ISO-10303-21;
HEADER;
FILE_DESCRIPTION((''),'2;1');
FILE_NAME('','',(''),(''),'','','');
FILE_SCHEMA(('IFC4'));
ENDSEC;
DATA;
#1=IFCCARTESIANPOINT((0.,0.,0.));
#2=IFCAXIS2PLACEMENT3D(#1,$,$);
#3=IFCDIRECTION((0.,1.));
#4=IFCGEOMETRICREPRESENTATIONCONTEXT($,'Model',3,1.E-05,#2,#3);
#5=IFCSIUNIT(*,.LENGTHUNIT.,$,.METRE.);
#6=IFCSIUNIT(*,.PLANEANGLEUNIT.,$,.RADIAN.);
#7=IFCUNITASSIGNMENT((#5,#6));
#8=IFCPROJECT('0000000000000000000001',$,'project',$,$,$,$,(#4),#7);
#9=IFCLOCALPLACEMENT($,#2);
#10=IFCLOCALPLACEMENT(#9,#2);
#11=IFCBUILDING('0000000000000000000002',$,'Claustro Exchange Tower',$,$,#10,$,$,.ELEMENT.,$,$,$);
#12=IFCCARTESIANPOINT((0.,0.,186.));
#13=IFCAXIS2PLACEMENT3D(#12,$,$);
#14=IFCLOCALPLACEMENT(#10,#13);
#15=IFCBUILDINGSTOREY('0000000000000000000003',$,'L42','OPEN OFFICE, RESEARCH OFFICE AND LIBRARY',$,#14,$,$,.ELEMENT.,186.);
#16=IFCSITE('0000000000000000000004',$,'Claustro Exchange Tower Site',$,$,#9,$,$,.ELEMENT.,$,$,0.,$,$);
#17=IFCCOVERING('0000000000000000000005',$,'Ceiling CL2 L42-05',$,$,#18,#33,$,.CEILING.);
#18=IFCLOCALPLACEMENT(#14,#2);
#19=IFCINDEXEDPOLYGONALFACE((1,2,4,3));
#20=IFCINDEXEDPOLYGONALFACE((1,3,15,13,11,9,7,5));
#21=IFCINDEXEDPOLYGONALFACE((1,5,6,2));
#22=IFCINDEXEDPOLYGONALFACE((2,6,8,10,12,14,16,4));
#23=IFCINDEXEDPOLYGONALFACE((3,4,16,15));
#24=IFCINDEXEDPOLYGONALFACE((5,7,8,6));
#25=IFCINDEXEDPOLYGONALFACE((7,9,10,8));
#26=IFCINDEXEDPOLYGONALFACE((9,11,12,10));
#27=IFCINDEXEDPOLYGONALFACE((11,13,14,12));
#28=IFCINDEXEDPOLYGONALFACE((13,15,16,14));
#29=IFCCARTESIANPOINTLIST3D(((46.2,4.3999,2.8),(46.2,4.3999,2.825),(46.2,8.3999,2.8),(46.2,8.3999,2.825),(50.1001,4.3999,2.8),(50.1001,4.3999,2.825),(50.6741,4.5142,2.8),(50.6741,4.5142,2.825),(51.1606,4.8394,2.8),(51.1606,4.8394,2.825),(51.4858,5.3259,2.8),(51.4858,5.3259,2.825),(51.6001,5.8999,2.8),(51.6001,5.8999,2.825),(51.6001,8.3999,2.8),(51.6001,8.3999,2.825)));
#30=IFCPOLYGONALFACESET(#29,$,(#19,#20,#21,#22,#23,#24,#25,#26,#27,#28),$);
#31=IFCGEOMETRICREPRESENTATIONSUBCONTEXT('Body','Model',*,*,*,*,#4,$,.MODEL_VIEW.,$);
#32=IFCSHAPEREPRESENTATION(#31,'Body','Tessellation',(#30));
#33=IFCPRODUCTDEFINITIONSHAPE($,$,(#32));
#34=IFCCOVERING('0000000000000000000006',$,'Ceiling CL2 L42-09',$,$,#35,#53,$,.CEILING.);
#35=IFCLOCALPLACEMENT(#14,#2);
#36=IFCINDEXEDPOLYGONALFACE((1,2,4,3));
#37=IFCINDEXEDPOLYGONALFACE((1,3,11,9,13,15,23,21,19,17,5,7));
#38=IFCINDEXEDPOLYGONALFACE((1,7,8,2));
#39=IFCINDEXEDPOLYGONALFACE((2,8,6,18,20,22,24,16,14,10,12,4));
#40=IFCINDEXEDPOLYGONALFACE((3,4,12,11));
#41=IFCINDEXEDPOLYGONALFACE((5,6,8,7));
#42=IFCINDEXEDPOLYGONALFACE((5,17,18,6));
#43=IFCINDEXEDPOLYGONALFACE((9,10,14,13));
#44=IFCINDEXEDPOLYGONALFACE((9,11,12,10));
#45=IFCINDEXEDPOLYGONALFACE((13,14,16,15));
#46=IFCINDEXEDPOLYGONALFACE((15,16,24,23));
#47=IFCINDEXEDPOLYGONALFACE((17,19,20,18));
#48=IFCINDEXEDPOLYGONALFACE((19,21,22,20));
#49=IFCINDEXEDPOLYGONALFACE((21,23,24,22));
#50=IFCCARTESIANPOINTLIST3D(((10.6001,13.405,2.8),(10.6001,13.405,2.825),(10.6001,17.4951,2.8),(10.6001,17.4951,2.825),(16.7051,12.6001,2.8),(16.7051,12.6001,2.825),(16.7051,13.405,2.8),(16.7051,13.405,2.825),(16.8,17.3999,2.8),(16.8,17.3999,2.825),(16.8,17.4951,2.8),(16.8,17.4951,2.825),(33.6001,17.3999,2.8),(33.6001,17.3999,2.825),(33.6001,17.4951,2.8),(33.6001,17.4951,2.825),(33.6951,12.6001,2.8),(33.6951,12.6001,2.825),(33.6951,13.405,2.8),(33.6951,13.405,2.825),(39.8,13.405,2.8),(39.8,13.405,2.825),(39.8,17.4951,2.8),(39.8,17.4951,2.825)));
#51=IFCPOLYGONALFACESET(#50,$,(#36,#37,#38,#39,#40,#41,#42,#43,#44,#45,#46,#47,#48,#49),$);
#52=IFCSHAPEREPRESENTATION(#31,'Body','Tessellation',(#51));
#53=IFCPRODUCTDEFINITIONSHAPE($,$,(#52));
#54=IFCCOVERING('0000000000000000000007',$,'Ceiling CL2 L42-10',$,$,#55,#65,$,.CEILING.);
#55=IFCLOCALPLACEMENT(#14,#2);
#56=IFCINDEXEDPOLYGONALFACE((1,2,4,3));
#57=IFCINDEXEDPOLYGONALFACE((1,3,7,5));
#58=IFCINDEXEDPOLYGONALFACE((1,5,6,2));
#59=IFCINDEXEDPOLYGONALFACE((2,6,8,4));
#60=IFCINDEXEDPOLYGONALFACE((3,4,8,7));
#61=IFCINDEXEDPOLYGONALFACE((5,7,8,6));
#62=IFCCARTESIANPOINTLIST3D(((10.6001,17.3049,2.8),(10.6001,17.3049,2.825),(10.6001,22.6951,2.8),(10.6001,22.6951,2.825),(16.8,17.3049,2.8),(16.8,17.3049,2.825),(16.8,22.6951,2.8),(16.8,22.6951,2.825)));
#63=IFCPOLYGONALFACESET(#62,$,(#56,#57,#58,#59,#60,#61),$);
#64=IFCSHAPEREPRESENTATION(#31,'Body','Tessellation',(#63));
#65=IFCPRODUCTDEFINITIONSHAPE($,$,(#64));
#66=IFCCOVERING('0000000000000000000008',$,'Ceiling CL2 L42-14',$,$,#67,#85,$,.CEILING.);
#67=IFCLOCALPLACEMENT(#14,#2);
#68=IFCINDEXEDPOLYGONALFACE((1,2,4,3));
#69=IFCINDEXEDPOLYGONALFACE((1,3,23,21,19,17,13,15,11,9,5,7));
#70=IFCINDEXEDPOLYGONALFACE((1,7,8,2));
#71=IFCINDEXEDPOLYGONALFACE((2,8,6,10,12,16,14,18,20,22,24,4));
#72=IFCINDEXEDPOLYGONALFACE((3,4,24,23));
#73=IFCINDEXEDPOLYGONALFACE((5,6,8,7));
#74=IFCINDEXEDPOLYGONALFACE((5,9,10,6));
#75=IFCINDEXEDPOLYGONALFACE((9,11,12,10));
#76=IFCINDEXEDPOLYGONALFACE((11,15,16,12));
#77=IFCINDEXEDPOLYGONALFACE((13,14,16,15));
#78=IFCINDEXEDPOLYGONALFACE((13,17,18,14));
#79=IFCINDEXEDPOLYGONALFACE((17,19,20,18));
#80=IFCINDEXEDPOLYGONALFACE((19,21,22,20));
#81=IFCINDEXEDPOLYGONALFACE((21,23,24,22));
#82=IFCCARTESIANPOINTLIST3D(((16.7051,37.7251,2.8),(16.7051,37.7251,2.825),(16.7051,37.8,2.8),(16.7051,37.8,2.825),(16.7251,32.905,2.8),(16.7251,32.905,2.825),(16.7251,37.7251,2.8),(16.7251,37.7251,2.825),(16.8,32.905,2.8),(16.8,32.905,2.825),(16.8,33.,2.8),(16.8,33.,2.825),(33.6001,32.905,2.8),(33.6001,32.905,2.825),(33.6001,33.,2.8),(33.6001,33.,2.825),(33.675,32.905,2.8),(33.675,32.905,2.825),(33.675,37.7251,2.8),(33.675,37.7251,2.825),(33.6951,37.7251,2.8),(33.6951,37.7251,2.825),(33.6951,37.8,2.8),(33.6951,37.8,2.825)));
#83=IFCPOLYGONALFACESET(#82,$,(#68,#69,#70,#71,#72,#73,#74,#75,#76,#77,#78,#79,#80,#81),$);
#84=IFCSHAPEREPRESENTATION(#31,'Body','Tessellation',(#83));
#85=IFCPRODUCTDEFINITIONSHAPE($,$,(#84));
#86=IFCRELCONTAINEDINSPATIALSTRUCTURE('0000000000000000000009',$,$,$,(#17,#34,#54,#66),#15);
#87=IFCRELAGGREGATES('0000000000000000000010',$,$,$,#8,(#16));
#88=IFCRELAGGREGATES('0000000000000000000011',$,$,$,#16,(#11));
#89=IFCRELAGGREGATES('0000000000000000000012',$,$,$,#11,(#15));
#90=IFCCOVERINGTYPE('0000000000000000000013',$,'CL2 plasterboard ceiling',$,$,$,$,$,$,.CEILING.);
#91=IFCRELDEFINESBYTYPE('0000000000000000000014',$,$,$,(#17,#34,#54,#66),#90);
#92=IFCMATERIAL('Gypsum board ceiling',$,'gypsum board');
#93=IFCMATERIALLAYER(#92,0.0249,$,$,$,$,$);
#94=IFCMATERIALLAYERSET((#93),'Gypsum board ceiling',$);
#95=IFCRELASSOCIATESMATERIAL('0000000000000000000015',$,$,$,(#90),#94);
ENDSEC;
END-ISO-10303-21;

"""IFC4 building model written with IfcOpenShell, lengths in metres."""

from ifc_helpers import new_model, si_unit, direction, frame, origin, place, context, subcontext, project, spatial, polyline, outline, extrude, material, layer, layer_set, type_object, element, save


model = new_model("IFC4")

# Units and contexts
model_context = context("Model", 3, precision=1e-05, world=origin(), true_north=direction((0.0, 1.0)))
body_context = subcontext(model_context, "Body", "Model", "MODEL_VIEW")
ifc_project = project(units=[si_unit("LENGTHUNIT", "METRE"), si_unit("PLANEANGLEUNIT", "RADIAN")], contexts=[model_context])

# Site, building, storey
site_placement = place(None, origin())
site = spatial("IfcSite", under=ifc_project, at=site_placement, Name="Claustro Exchange Tower Site", CompositionType="ELEMENT", RefElevation=0.0)
building_placement = place(site_placement, origin())
building = spatial("IfcBuilding", under=site, at=building_placement, Name="Claustro Exchange Tower", CompositionType="ELEMENT")
storey_placement = place(building_placement, frame((0.0, 0.0, 186.0)))
storey = spatial("IfcBuildingStorey", under=building, at=storey_placement, Name="L42", Description="OPEN OFFICE, RESEARCH OFFICE AND LIBRARY", CompositionType="ELEMENT", Elevation=186.0)

# Coverings
ifc_material_1 = material(Name="Gypsum board ceiling", Category="gypsum board")
ifc_layer_1 = layer(ifc_material_1, 0.0249)
ifc_layer_set_1 = layer_set([ifc_layer_1], Name="Gypsum board ceiling")
covering_type_1 = type_object("IfcCoveringType", Name="CL2 plasterboard ceiling", PredefinedType="CEILING", material=ifc_layer_set_1)
covering_1_placement = place(storey_placement, frame((0.0, 0.0, 2.8)))
element("IfcCovering", 1, at=covering_1_placement, inside=storey, type_object=covering_type_1, Name="Ceiling CL2 L42-05", PredefinedType="CEILING", context=body_context, shape_type="SweptSolid", body=[
    extrude(outline(polyline([(51.6001, 5.8999), (51.6001, 8.3999), (46.2, 8.3999), (46.2, 4.3999), (50.1001, 4.3999), (50.6741, 4.5142), (51.1606, 4.8394), (51.4858, 5.3259), (51.6001, 5.8999)])), origin(), (0.0, 0.0, 1.0), 0.0249),
])
covering_2_placement = place(storey_placement, frame((0.0, 0.0, 2.8)))
element("IfcCovering", 2, at=covering_2_placement, inside=storey, type_object=covering_type_1, Name="Ceiling CL2 L42-09", PredefinedType="CEILING", context=body_context, shape_type="SweptSolid", body=[
    extrude(outline(polyline([(33.6001, 17.3999), (16.8, 17.3999), (16.8, 17.4951), (10.6001, 17.4951), (10.6001, 13.405), (16.7051, 13.405), (16.7051, 12.6001), (33.6951, 12.6001), (33.6951, 13.405), (39.8, 13.405), (39.8, 17.4951), (33.6001, 17.4951), (33.6001, 17.3999)])), origin(), (0.0, 0.0, 1.0), 0.0249),
])
covering_3_placement = place(storey_placement, frame((0.0, 0.0, 2.8)))
element("IfcCovering", 3, at=covering_3_placement, inside=storey, type_object=covering_type_1, Name="Ceiling CL2 L42-10", PredefinedType="CEILING", context=body_context, shape_type="SweptSolid", body=[
    extrude(outline(polyline([(10.6001, 22.6951), (10.6001, 17.3049), (16.8, 17.3049), (16.8, 22.6951), (10.6001, 22.6951)])), origin(), (0.0, 0.0, 1.0), 0.0249),
])
covering_4_placement = place(storey_placement, frame((0.0, 0.0, 2.8)))
element("IfcCovering", 4, at=covering_4_placement, inside=storey, type_object=covering_type_1, Name="Ceiling CL2 L42-14", PredefinedType="CEILING", context=body_context, shape_type="SweptSolid", body=[
    extrude(outline(polyline([(16.7251, 37.7251), (16.7251, 32.905), (16.8, 32.905), (16.8, 33.0), (33.6001, 33.0), (33.6001, 32.905), (33.675, 32.905), (33.675, 37.7251), (33.6951, 37.7251), (33.6951, 37.8), (16.7051, 37.8), (16.7051, 37.7251), (16.7251, 37.7251)])), origin(), (0.0, 0.0, 1.0), 0.0249),
])

save(model, "model.ifc")
